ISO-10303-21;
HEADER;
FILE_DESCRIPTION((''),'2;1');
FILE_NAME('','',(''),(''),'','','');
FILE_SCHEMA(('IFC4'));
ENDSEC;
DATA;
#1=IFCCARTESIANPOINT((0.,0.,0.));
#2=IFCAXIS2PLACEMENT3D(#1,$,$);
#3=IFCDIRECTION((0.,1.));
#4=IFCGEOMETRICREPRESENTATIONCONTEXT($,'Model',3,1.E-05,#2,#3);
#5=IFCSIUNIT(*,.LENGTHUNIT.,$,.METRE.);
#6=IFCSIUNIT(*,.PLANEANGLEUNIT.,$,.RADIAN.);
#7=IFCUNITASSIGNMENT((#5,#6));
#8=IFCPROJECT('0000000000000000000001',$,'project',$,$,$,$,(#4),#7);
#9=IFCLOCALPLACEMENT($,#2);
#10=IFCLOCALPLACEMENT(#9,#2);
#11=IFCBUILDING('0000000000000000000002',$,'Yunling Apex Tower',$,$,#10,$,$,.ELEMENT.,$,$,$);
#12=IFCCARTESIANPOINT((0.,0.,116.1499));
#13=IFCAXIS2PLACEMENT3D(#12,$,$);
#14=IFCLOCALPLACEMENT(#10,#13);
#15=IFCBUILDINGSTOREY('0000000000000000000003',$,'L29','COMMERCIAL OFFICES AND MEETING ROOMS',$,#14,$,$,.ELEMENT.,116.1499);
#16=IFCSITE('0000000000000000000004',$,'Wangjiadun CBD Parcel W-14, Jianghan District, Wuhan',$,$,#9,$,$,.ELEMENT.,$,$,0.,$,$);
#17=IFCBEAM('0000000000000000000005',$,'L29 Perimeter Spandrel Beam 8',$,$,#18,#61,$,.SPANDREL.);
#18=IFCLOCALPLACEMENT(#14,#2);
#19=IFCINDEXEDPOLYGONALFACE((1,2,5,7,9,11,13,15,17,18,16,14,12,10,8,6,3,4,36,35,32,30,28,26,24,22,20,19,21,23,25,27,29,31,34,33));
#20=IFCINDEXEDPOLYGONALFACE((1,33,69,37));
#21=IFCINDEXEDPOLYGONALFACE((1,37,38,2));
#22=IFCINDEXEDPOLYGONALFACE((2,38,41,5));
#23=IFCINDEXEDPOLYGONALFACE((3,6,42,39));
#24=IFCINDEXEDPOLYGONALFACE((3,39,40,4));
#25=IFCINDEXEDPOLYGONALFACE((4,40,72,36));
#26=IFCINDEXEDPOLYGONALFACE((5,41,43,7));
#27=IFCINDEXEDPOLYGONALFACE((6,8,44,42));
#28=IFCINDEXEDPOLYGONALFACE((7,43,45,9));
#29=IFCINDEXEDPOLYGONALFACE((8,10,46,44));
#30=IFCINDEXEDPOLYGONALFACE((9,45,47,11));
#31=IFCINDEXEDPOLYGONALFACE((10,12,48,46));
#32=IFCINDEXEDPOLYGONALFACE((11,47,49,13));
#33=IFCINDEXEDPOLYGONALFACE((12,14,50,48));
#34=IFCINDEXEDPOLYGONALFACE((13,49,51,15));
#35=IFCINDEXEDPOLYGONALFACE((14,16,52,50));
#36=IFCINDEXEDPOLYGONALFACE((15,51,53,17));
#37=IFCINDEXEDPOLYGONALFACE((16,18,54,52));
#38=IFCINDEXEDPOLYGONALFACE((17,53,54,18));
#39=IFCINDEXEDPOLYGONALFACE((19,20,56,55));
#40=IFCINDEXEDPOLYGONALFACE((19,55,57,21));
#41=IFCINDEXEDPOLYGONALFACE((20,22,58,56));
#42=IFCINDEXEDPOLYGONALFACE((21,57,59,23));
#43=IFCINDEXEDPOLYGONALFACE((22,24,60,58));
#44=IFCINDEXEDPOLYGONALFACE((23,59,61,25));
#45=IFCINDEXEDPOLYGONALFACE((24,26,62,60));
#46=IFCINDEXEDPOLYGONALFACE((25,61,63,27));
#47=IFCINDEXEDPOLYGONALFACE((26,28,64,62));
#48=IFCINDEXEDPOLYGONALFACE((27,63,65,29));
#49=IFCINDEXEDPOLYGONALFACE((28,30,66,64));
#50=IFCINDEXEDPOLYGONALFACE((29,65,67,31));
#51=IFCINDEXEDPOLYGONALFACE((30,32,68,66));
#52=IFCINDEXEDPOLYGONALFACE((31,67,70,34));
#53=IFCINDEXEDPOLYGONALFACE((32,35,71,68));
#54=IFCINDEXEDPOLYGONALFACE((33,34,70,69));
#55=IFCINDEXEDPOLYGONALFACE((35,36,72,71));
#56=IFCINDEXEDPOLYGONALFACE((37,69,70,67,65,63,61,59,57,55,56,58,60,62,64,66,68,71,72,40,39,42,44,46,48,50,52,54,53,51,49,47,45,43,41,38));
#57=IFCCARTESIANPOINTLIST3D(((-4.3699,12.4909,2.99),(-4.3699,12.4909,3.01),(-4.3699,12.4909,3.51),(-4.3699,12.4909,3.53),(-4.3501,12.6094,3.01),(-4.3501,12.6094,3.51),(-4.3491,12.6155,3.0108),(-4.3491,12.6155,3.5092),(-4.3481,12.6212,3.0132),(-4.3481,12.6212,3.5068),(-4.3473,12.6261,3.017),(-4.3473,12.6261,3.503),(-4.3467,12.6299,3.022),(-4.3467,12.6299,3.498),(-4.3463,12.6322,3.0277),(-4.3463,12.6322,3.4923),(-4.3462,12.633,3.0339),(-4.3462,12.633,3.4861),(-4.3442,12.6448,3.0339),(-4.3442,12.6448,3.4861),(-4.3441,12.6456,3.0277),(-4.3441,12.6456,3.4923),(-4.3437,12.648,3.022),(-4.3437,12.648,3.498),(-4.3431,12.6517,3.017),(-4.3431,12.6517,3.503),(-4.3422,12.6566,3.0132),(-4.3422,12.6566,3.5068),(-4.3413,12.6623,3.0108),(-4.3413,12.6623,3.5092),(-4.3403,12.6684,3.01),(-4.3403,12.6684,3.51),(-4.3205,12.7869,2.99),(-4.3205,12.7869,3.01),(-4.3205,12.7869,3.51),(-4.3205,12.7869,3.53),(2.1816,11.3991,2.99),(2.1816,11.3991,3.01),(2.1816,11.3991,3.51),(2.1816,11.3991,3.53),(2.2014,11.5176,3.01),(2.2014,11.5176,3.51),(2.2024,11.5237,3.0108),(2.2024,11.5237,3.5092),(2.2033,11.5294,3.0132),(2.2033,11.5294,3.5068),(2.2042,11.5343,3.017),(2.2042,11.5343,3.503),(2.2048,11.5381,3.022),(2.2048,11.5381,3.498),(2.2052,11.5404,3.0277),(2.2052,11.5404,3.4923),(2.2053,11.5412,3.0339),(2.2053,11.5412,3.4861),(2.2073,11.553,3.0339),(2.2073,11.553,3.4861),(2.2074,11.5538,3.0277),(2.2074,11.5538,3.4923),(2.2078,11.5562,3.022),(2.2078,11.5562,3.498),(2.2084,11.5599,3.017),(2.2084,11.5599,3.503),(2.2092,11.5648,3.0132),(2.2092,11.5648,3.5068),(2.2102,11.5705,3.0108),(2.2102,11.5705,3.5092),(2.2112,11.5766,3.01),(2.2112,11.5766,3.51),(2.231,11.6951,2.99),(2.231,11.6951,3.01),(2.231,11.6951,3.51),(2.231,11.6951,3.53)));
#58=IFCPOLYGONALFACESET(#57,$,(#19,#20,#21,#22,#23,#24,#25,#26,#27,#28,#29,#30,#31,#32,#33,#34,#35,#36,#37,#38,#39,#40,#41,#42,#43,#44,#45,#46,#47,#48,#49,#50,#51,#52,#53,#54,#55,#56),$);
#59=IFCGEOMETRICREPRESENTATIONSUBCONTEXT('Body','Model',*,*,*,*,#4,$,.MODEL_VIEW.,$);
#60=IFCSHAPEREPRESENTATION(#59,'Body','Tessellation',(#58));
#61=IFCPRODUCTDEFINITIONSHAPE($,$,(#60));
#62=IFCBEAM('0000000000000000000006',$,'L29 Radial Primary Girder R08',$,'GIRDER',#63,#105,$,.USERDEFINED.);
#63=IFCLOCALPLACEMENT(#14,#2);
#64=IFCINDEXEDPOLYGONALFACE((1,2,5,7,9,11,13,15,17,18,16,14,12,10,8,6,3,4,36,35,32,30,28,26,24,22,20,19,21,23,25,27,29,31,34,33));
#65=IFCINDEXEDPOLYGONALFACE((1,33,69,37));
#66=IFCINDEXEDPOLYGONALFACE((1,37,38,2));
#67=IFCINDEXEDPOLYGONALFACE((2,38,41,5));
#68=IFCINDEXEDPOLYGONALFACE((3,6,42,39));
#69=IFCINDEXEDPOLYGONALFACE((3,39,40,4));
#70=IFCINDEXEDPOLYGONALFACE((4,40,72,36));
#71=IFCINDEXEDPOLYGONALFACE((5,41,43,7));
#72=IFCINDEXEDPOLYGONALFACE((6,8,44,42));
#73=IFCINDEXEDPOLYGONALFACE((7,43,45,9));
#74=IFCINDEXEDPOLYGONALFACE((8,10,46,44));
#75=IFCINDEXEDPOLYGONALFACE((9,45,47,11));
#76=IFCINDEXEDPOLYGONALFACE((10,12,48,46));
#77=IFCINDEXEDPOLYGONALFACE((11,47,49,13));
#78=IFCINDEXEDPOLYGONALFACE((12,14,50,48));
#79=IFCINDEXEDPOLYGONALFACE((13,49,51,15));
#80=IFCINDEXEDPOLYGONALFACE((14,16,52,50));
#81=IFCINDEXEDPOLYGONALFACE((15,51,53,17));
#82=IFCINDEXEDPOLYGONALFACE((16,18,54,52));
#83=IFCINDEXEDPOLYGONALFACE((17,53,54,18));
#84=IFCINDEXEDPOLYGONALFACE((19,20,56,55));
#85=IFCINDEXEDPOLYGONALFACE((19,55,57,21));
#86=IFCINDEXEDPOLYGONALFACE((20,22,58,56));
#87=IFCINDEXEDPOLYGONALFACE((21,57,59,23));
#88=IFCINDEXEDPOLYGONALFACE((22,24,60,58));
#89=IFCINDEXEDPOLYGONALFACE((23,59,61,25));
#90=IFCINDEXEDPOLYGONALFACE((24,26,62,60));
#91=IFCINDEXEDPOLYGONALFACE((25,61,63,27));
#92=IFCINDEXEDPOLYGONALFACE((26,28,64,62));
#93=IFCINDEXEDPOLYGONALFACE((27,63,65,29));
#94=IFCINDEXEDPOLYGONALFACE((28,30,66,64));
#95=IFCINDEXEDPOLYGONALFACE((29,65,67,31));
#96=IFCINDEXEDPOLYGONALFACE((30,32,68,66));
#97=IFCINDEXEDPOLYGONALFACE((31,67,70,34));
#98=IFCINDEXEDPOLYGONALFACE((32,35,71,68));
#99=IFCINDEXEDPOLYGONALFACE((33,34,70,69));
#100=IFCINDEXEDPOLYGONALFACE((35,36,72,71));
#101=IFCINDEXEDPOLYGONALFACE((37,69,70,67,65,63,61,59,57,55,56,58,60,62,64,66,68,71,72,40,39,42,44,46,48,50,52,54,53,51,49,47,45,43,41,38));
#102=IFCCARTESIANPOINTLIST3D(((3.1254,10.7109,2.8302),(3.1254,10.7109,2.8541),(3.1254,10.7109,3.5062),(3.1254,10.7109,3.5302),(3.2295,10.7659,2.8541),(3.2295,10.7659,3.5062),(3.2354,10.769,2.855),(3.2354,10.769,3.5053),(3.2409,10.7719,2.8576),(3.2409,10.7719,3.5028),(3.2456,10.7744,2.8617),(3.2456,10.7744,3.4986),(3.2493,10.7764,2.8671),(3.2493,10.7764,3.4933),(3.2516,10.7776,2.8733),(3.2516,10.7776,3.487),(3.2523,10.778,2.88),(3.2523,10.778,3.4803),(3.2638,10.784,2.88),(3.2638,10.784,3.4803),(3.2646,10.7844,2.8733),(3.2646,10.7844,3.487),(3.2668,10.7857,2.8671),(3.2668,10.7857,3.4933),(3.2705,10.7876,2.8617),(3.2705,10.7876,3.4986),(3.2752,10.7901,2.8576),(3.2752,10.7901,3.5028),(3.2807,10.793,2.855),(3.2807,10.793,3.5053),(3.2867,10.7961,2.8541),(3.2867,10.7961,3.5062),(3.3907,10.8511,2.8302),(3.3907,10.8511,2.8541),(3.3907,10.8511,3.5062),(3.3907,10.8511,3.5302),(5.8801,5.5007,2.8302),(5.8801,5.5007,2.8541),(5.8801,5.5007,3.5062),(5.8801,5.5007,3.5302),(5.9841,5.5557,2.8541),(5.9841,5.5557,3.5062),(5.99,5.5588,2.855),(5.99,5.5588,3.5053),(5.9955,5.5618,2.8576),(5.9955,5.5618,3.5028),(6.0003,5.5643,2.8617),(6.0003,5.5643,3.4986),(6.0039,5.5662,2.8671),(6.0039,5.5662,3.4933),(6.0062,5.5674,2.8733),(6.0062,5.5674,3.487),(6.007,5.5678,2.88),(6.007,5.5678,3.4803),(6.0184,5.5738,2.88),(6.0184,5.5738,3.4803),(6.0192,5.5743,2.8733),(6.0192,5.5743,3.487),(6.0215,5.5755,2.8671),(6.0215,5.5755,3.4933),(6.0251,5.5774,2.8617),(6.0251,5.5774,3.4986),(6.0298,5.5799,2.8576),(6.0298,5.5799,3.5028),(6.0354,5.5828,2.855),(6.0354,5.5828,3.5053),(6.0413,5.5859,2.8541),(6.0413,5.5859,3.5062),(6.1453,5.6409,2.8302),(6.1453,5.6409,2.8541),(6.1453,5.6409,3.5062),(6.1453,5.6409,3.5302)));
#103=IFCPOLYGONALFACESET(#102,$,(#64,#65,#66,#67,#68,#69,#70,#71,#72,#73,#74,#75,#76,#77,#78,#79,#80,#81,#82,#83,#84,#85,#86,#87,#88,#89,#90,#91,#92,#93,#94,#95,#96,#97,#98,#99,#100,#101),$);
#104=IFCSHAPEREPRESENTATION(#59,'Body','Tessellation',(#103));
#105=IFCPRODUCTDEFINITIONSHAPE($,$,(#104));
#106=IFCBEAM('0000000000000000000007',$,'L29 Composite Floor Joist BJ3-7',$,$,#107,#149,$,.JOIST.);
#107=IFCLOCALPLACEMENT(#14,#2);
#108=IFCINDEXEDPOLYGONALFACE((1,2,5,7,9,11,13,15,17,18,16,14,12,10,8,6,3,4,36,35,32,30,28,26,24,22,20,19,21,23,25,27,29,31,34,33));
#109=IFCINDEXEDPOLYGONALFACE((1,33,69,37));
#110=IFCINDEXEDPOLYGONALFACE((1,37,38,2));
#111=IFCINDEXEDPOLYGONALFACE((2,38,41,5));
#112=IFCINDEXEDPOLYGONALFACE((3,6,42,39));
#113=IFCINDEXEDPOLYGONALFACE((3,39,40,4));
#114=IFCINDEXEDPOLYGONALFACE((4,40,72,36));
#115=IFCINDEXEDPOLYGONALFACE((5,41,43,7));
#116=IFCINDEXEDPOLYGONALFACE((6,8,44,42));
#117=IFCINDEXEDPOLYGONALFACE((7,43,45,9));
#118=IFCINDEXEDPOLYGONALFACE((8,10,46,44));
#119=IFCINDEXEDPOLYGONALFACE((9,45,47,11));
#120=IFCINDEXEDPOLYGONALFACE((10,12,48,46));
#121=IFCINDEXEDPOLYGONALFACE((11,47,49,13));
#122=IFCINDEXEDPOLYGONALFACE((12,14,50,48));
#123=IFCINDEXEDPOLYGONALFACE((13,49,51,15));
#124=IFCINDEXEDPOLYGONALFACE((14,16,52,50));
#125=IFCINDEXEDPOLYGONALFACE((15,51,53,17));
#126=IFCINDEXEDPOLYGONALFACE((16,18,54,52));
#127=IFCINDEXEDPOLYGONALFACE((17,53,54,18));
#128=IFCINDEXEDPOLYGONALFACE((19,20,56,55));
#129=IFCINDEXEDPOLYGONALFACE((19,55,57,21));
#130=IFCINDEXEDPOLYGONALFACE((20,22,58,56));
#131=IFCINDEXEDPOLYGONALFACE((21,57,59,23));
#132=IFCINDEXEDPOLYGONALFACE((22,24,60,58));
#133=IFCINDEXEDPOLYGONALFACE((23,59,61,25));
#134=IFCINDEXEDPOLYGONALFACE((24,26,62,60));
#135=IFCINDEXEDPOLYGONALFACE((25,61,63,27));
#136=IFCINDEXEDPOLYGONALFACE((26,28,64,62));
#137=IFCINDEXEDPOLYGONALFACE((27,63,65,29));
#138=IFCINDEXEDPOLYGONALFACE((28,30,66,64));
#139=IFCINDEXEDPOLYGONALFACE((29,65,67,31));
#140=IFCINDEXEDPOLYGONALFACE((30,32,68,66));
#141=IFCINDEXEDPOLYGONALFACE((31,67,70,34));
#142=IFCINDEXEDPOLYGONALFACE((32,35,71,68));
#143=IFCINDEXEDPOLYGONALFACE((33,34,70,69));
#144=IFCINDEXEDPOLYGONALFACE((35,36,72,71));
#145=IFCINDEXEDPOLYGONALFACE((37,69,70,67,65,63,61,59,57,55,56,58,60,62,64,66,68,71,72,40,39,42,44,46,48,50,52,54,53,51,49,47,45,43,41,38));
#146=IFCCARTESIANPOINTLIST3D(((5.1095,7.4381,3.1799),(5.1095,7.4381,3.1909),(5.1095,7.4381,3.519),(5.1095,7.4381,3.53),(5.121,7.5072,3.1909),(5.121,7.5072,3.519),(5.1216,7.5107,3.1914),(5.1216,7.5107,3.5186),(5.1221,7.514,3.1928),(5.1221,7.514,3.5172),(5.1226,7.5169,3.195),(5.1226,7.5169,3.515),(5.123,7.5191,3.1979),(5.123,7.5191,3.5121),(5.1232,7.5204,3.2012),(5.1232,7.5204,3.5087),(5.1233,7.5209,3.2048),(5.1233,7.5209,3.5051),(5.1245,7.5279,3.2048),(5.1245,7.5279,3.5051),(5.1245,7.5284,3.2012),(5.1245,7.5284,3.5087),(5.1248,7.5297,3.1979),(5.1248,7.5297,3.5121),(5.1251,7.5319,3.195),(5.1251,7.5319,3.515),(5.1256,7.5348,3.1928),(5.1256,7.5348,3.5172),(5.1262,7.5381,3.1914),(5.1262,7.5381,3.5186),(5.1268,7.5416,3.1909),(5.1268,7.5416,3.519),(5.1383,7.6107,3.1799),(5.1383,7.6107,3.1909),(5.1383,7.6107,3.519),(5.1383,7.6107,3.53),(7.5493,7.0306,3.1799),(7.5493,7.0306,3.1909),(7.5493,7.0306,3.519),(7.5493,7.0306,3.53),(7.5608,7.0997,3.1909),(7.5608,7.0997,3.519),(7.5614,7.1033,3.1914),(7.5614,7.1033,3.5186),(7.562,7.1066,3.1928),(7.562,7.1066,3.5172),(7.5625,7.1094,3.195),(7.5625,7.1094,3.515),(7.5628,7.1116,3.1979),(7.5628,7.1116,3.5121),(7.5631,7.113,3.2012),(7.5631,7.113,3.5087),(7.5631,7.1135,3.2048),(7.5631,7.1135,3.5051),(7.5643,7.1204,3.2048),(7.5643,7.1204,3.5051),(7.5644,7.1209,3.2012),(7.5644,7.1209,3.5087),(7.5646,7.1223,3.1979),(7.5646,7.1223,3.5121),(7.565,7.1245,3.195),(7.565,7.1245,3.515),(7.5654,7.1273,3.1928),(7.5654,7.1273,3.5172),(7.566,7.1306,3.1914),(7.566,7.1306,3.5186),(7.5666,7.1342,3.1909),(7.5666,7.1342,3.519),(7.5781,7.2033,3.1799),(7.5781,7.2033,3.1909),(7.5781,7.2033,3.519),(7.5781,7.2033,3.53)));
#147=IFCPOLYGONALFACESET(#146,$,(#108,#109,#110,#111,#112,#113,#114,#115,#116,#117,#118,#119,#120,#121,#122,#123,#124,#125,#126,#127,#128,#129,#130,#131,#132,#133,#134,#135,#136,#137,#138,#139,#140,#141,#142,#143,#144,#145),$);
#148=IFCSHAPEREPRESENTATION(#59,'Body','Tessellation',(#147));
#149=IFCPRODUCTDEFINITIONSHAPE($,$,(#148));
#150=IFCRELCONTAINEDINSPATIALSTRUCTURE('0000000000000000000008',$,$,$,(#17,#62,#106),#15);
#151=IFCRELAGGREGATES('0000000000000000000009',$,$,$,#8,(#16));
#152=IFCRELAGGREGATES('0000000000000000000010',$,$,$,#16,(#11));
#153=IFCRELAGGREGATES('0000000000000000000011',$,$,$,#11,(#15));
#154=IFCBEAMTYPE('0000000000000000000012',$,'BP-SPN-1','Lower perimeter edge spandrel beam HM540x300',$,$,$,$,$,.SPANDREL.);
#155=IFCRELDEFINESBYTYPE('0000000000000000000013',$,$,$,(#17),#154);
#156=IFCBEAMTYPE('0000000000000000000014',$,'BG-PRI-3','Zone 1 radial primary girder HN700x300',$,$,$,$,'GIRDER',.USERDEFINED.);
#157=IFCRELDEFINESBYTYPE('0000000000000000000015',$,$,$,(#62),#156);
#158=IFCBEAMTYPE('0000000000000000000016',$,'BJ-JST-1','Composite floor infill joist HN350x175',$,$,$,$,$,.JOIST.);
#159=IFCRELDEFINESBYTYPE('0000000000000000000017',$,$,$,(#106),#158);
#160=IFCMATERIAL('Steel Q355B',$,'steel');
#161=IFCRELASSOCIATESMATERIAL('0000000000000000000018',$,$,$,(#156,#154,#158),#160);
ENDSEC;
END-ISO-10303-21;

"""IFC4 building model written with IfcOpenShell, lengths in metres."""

from ifc_helpers import new_model, si_unit, direction, frame, origin, origin_2d, place, context, subcontext, project, spatial, i_section, extrude, source, transform, mapped, material, material_profile, profile_set, type_object, element, save


model = new_model("IFC4")

# Units and contexts
model_context = context("Model", 3, precision=1e-05, world=origin(), true_north=direction((0.0, 1.0)))
body_context = subcontext(model_context, "Body", "Model", "MODEL_VIEW")
ifc_project = project(units=[si_unit("LENGTHUNIT", "METRE"), si_unit("PLANEANGLEUNIT", "RADIAN")], contexts=[model_context])

# Site, building, storey
site_placement = place(None, origin())
site = spatial("IfcSite", under=ifc_project, at=site_placement, Name="Wangjiadun CBD Parcel W-14, Jianghan District, Wuhan", CompositionType="ELEMENT", RefElevation=0.0)
building_placement = place(site_placement, origin())
building = spatial("IfcBuilding", under=site, at=building_placement, Name="Yunling Apex Tower", CompositionType="ELEMENT")
storey_placement = place(building_placement, frame((0.0, 0.0, 116.1499)))
storey = spatial("IfcBuildingStorey", under=building, at=storey_placement, Name="L29", Description="COMMERCIAL OFFICES AND MEETING ROOMS", CompositionType="ELEMENT", Elevation=116.1499)

# Beams
ifc_material_1 = material(Name="Steel Q355B", Category="steel")
ifc_material_profile_1 = material_profile(ifc_material_1, i_section(OverallWidth=0.3, OverallDepth=0.7, WebThickness=0.0129, FlangeThickness=0.0239, FilletRadius=0.0259, at=origin_2d()))
ifc_profile_set_1 = profile_set([ifc_material_profile_1], Name="Steel Q355B")
beam_type_1 = type_object("IfcBeamType", Name="BG-PRI-3", Description="Zone 1 radial primary girder HN700x300", ElementType="GIRDER", PredefinedType="USERDEFINED", material=ifc_profile_set_1)
ifc_material_profile_2 = material_profile(ifc_material_1, i_section(OverallWidth=0.3, OverallDepth=0.54, WebThickness=0.012, FlangeThickness=0.02, FilletRadius=0.0239, at=origin_2d()))
ifc_profile_set_2 = profile_set([ifc_material_profile_2], Name="Steel Q355B")
beam_type_2 = type_object("IfcBeamType", Name="BP-SPN-1", Description="Lower perimeter edge spandrel beam HM540x300", PredefinedType="SPANDREL", material=ifc_profile_set_2)
shared_shape_1 = source(origin(), body_context, "Body", "SweptSolid", [
    extrude(i_section(OverallWidth=0.3, OverallDepth=0.54, WebThickness=0.012, FlangeThickness=0.02, FilletRadius=0.0239, at=origin_2d()), origin(), (0.0, 0.0, 1.0), 6.6418),
])
beam_1_placement = place(storey_placement, frame((2.2063, 11.5471, 3.26), z_axis=(-0.986397, 0.164381, 0.0), x_axis=(-0.164381, -0.986397, 0.0)))
element("IfcBeam", 1, at=beam_1_placement, inside=storey, type_object=beam_type_2, Name="L29 Perimeter Spandrel Beam 8", PredefinedType="SPANDREL", context=body_context, shape_type="MappedRepresentation", body=[
    mapped(shared_shape_1, transform((0.0, 0.0, 0.0), scale=1.0)),
])
shared_shape_2 = source(origin(), body_context, "Body", "SweptSolid", [
    extrude(i_section(OverallWidth=0.3, OverallDepth=0.7, WebThickness=0.0129, FlangeThickness=0.0239, FilletRadius=0.0259, at=origin_2d()), origin(), (0.0, 0.0, 1.0), 5.8936),
])
beam_2_placement = place(storey_placement, frame((3.2581, 10.781, 3.1802), z_axis=(0.467397, -0.884048, 0.0), x_axis=(0.884048, 0.467397, 0.0)))
element("IfcBeam", 2, at=beam_2_placement, inside=storey, type_object=beam_type_1, Name="L29 Radial Primary Girder R08", ObjectType="GIRDER", PredefinedType="USERDEFINED", context=body_context, shape_type="MappedRepresentation", body=[
    mapped(shared_shape_2, transform((0.0, 0.0, 0.0), scale=1.0)),
])
ifc_material_profile_3 = material_profile(ifc_material_1, i_section(OverallWidth=0.175, OverallDepth=0.3501, WebThickness=0.0071, FlangeThickness=0.011, FilletRadius=0.0139, at=origin_2d()))
ifc_profile_set_3 = profile_set([ifc_material_profile_3], Name="Steel Q355B")
beam_type_3 = type_object("IfcBeamType", Name="BJ-JST-1", Description="Composite floor infill joist HN350x175", PredefinedType="JOIST", material=ifc_profile_set_3)
shared_shape_3 = source(origin(), body_context, "Body", "SweptSolid", [
    extrude(i_section(OverallWidth=0.175, OverallDepth=0.3501, WebThickness=0.0071, FlangeThickness=0.011, FilletRadius=0.0139, at=origin_2d()), origin(), (0.0, 0.0, 1.0), 2.4736),
])
beam_3_placement = place(storey_placement, frame((7.5637, 7.1169, 3.355), z_axis=(-0.986341, 0.164719, 0.0), x_axis=(-0.164719, -0.986341, 0.0)))
element("IfcBeam", 3, at=beam_3_placement, inside=storey, type_object=beam_type_3, Name="L29 Composite Floor Joist BJ3-7", PredefinedType="JOIST", context=body_context, shape_type="MappedRepresentation", body=[
    mapped(shared_shape_3, transform((0.0, 0.0, 0.0), scale=1.0)),
])

save(model, "model.ifc")
